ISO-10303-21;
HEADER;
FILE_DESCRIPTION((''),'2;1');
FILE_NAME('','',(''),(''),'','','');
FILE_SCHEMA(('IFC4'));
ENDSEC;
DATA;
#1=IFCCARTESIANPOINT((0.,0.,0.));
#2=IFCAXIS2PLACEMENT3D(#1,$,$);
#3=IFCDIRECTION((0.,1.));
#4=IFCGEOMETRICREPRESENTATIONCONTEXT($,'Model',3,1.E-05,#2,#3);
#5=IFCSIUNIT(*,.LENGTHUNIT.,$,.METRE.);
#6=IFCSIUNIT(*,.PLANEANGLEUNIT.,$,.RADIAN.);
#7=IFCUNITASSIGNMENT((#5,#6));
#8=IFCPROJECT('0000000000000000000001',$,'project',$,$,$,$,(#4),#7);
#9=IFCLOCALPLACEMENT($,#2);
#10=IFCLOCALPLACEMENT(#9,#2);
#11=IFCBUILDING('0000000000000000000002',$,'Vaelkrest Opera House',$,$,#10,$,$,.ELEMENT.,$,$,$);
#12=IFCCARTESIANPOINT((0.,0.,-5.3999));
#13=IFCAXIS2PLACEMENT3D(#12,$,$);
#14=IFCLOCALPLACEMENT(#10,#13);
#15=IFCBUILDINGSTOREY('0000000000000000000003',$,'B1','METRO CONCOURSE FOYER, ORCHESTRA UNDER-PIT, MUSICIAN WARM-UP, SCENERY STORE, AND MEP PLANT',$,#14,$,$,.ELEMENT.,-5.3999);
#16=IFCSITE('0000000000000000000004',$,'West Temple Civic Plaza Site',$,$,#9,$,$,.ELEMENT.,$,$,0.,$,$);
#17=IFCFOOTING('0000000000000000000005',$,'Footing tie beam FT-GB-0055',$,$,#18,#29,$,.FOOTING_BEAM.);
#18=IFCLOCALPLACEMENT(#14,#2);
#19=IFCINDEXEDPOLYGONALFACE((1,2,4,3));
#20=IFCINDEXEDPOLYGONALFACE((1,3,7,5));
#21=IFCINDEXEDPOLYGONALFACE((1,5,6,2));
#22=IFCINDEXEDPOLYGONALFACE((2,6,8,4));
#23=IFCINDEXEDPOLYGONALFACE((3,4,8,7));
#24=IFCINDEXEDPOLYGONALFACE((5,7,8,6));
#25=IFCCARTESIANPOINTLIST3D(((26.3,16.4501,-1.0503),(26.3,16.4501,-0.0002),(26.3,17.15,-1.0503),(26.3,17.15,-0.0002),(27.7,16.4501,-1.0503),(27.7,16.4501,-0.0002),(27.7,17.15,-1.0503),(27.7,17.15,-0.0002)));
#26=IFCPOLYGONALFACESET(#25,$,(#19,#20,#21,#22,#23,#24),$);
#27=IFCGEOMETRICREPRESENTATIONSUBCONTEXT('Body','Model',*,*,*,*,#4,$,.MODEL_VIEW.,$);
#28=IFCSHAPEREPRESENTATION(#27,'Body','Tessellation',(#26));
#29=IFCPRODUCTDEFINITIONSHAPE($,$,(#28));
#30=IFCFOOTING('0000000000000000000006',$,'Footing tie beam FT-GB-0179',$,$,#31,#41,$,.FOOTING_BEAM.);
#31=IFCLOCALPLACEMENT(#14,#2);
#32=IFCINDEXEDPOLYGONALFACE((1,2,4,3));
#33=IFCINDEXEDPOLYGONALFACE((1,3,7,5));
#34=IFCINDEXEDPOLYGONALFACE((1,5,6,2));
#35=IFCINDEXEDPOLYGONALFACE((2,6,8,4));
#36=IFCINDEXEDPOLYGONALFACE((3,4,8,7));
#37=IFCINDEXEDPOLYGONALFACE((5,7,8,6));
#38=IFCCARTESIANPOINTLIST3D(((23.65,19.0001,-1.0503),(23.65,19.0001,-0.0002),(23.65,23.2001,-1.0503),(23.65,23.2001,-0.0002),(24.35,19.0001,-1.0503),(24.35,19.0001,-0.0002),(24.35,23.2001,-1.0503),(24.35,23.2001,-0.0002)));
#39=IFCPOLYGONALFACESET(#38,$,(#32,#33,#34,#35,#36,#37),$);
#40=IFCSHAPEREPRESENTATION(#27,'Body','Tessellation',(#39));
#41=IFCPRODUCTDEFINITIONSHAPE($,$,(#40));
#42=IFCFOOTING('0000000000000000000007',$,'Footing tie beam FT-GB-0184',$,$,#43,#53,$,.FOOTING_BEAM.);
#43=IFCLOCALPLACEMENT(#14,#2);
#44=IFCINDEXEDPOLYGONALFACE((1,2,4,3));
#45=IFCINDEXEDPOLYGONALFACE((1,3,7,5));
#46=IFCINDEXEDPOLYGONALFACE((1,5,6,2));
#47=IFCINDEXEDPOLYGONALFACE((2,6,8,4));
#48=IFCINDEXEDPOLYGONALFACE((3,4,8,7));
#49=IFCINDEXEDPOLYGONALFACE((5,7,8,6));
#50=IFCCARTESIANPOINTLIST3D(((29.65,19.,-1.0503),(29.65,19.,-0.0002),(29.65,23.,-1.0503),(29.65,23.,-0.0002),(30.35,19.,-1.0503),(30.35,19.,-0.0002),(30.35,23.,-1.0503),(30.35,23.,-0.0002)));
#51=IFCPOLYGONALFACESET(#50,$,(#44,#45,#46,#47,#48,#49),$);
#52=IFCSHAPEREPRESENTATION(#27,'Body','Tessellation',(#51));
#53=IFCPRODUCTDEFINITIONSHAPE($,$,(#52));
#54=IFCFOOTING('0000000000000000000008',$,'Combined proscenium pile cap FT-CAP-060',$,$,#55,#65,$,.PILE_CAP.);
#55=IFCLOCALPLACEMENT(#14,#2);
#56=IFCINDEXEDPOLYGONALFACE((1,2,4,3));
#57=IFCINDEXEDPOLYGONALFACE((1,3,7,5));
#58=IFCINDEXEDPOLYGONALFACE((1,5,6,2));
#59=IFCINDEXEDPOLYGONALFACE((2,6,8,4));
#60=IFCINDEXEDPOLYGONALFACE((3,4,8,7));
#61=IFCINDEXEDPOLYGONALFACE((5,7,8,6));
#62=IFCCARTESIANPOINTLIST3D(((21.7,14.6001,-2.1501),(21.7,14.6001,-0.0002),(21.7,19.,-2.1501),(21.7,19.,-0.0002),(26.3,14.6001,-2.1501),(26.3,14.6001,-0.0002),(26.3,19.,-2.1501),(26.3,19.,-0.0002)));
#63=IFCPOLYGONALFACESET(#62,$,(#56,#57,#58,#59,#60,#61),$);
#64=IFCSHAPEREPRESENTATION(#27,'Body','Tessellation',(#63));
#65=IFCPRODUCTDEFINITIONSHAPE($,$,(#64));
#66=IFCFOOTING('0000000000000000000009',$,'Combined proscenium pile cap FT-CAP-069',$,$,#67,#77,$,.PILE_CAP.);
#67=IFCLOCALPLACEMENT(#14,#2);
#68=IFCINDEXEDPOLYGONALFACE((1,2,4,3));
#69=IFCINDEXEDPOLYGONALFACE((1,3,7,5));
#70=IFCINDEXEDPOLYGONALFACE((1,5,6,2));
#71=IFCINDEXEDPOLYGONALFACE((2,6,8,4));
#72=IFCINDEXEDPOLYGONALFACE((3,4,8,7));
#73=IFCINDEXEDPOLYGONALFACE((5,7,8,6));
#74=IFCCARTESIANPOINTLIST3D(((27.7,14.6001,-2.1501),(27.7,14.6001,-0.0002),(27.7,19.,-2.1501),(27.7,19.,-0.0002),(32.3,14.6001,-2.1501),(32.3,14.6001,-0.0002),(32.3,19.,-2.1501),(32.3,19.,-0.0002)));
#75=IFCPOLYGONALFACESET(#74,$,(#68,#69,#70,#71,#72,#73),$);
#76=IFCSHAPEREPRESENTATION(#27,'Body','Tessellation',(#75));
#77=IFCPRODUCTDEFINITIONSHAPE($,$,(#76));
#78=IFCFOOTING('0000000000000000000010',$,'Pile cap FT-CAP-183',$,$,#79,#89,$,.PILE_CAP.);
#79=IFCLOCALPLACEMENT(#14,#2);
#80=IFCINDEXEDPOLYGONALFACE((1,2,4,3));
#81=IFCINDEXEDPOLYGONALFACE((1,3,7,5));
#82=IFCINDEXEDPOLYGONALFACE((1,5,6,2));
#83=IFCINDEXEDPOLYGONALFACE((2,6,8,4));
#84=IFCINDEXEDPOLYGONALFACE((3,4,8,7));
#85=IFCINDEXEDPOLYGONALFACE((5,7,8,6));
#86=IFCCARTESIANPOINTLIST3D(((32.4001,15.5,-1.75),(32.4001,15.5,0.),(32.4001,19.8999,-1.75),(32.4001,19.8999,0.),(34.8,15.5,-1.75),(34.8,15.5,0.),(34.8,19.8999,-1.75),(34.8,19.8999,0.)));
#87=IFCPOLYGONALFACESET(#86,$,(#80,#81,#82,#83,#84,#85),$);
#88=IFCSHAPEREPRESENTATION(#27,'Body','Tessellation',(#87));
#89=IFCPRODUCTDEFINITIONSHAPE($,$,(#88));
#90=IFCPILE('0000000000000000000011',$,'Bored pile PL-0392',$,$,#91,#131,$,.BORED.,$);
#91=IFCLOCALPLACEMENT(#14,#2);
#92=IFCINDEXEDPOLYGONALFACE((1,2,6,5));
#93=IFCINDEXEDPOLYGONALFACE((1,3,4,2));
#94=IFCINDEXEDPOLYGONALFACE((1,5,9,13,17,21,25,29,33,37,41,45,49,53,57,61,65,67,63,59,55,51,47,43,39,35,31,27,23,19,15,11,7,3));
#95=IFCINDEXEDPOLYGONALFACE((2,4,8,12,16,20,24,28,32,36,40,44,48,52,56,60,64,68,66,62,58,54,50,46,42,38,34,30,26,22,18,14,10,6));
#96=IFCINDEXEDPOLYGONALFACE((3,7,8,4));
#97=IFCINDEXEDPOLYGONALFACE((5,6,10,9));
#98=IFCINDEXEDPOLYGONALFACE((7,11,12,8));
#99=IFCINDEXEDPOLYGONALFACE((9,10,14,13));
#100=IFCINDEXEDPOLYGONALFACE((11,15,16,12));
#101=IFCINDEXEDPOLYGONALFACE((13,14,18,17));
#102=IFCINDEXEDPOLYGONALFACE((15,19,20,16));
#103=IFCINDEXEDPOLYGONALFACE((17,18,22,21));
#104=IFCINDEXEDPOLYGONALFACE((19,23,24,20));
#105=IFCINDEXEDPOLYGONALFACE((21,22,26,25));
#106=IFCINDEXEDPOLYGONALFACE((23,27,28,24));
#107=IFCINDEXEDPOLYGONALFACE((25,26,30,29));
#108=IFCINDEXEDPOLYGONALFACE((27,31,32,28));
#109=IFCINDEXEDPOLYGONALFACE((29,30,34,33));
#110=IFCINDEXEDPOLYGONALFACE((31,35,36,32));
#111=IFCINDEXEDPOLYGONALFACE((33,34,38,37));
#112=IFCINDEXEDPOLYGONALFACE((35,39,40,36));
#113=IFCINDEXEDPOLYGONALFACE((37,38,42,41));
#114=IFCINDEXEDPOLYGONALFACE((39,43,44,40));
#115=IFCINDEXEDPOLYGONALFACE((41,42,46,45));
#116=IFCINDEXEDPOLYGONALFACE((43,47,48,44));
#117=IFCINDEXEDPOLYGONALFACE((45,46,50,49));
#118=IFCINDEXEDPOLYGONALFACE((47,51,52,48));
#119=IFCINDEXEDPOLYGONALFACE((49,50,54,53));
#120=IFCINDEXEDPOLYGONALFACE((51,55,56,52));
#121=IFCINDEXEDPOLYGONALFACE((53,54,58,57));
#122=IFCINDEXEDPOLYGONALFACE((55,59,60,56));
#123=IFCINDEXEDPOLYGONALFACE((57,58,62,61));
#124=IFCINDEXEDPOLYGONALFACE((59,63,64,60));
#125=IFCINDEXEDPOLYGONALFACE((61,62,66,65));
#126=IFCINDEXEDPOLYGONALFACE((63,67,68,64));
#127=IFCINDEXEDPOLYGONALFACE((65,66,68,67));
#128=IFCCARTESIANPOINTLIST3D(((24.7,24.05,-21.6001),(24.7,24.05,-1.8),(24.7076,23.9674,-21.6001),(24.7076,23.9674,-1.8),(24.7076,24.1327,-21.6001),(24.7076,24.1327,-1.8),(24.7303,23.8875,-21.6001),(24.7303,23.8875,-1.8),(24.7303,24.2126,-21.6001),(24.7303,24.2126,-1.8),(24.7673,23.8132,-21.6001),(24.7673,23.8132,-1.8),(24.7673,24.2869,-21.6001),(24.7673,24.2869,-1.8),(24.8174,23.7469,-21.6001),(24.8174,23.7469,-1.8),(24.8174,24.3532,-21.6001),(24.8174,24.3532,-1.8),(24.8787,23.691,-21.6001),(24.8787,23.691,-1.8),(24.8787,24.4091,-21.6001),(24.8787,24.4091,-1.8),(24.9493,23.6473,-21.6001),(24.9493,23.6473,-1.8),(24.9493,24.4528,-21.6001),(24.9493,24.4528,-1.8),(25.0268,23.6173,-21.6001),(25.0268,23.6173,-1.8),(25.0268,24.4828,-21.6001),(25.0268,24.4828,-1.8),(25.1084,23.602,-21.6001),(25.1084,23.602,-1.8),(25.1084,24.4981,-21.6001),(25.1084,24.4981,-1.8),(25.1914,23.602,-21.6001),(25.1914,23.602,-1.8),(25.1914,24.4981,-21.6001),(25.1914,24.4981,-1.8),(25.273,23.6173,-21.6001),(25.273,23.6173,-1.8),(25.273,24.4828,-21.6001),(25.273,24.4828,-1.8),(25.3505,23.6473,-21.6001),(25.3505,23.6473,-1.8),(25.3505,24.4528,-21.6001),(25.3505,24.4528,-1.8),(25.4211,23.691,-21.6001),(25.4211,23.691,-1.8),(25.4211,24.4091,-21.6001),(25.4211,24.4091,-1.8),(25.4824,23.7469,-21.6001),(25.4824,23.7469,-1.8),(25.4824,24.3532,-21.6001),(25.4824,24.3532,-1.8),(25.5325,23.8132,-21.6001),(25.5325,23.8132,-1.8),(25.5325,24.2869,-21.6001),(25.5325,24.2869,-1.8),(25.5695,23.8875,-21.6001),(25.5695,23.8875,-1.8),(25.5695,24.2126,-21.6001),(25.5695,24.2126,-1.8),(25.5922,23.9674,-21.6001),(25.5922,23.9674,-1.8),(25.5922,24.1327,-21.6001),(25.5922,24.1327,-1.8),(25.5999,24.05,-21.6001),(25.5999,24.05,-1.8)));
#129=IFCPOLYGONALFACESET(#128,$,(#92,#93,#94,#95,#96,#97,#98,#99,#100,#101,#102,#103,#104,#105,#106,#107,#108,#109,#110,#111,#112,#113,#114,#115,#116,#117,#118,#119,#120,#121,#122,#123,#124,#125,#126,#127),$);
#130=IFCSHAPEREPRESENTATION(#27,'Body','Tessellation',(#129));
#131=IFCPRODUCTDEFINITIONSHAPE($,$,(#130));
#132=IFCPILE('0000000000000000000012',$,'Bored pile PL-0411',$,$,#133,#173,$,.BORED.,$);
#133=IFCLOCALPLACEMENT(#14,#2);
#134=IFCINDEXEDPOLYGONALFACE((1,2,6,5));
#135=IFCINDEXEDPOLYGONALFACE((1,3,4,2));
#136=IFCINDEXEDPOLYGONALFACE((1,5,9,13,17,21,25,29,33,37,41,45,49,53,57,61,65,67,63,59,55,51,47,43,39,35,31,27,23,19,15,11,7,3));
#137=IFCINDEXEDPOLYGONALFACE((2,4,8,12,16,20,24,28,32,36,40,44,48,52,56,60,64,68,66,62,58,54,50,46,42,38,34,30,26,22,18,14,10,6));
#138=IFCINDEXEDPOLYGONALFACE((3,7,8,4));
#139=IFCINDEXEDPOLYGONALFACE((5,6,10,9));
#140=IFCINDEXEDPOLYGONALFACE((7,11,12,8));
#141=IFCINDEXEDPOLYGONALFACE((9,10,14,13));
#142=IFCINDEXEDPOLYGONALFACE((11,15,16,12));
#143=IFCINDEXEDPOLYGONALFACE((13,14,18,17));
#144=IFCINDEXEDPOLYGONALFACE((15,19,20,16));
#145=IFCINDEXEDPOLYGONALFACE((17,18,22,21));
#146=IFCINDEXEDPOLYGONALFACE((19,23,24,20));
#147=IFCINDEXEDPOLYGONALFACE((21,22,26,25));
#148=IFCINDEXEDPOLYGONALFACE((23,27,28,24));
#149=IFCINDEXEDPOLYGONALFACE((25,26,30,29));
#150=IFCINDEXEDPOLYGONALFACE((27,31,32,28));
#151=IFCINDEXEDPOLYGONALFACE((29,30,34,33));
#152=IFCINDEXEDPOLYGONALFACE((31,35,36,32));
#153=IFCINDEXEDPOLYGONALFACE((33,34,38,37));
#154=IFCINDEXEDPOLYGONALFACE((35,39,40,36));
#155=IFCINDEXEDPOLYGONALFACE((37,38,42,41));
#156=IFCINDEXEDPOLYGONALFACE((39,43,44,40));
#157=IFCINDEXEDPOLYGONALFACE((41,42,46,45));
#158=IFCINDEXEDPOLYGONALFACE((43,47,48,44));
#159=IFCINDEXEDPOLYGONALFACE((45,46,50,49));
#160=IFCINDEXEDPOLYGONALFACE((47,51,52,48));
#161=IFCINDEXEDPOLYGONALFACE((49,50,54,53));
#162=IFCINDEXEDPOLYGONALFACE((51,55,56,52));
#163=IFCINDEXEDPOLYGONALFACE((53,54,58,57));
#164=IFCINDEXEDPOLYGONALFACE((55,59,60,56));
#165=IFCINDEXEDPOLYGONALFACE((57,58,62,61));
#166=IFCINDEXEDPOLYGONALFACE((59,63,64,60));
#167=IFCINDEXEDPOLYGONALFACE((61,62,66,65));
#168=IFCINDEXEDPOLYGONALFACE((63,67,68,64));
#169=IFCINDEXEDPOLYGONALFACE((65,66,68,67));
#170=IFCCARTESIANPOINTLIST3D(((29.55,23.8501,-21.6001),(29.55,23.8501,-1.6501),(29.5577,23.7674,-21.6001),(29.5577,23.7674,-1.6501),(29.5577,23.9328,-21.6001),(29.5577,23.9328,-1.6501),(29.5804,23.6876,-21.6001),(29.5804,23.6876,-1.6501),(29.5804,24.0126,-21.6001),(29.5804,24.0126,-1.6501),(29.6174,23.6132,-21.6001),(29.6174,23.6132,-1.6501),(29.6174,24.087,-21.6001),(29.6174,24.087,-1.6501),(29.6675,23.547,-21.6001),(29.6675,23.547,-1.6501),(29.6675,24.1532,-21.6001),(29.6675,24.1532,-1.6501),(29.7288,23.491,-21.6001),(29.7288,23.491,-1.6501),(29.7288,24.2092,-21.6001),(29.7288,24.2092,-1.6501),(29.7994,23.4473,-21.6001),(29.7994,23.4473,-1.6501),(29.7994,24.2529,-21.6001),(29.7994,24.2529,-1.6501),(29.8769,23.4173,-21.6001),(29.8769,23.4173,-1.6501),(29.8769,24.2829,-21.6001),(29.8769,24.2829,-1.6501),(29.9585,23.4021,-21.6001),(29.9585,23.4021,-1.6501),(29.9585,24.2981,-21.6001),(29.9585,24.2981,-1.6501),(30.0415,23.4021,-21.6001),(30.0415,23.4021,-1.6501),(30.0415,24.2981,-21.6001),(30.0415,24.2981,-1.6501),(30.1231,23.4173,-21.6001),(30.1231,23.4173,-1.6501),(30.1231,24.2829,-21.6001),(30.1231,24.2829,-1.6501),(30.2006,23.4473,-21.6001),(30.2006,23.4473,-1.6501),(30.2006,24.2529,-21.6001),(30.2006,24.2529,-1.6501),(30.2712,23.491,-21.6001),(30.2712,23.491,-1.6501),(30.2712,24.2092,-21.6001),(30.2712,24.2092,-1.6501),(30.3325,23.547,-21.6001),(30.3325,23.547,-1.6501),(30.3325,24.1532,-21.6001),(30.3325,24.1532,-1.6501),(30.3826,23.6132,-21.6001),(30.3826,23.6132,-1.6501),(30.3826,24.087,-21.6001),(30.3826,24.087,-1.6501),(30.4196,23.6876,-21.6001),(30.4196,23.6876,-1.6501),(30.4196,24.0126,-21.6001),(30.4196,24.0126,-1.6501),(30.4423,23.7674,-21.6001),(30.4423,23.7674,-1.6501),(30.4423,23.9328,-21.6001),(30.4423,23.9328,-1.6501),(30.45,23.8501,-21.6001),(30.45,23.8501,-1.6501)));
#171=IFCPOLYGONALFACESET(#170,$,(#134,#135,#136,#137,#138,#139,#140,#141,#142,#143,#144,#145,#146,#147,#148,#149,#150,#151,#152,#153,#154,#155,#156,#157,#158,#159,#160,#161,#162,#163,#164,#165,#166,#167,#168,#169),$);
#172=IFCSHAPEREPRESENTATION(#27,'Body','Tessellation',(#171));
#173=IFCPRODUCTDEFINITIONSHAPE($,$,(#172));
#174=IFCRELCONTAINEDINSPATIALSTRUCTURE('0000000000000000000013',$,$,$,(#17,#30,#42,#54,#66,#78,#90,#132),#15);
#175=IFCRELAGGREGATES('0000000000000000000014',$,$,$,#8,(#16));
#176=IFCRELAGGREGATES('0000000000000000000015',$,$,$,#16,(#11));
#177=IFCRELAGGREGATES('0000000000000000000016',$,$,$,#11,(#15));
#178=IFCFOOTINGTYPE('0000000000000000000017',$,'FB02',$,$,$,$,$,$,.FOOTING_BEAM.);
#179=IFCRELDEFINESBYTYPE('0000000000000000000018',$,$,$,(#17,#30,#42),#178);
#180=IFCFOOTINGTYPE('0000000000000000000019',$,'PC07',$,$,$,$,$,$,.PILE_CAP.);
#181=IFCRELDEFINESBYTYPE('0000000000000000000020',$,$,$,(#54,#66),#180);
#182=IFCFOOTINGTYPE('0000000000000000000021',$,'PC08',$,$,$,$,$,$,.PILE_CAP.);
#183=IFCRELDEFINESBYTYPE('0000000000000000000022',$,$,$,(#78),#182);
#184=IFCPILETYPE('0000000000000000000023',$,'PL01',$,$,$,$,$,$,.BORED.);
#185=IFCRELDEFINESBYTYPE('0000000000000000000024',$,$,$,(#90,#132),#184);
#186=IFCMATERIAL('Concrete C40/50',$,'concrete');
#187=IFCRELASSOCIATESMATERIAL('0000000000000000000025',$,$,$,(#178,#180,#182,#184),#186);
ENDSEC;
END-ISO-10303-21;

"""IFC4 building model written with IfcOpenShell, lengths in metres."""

from ifc_helpers import new_model, si_unit, direction, frame, origin, origin_2d, place, context, subcontext, project, spatial, rectangle, circle, extrude, material, material_profile, profile_set, type_object, element, save


model = new_model("IFC4")

# Units and contexts
model_context = context("Model", 3, precision=1e-05, world=origin(), true_north=direction((0.0, 1.0)))
body_context = subcontext(model_context, "Body", "Model", "MODEL_VIEW")
ifc_project = project(units=[si_unit("LENGTHUNIT", "METRE"), si_unit("PLANEANGLEUNIT", "RADIAN")], contexts=[model_context])

# Site, building, storey
site_placement = place(None, origin())
site = spatial("IfcSite", under=ifc_project, at=site_placement, Name="West Temple Civic Plaza Site", CompositionType="ELEMENT", RefElevation=0.0)
building_placement = place(site_placement, origin())
building = spatial("IfcBuilding", under=site, at=building_placement, Name="Vaelkrest Opera House", CompositionType="ELEMENT")
storey_placement = place(building_placement, frame((0.0, 0.0, -5.3999)))
storey = spatial("IfcBuildingStorey", under=building, at=storey_placement, Name="B1", Description="METRO CONCOURSE FOYER, ORCHESTRA UNDER-PIT, MUSICIAN WARM-UP, SCENERY STORE, AND MEP PLANT", CompositionType="ELEMENT", Elevation=-5.3999)

# Footings
ifc_material_1 = material(Name="Concrete C40/50", Category="concrete")
footing_type_1 = type_object("IfcFootingType", Name="FB02", PredefinedType="FOOTING_BEAM", material=ifc_material_1)
footing_1_placement = place(storey_placement, frame((27.0, 16.8, -1.0503), z_axis=(0.0, 0.0, 1.0), x_axis=(1.0, 0.0, 0.0)))
element("IfcFooting", 1, at=footing_1_placement, inside=storey, type_object=footing_type_1, Name="Footing tie beam FT-GB-0055", PredefinedType="FOOTING_BEAM", context=body_context, shape_type="SweptSolid", body=[
    extrude(rectangle(XDim=1.3999, YDim=0.7, at=origin_2d()), origin(), (0.0, 0.0, 1.0), 1.05),
])
footing_2_placement = place(storey_placement, frame((24.0, 21.1001, -1.0503), z_axis=(0.0, 0.0, 1.0), x_axis=(0.0, 1.0, 0.0)))
element("IfcFooting", 2, at=footing_2_placement, inside=storey, type_object=footing_type_1, Name="Footing tie beam FT-GB-0179", PredefinedType="FOOTING_BEAM", context=body_context, shape_type="SweptSolid", body=[
    extrude(rectangle(XDim=4.2, YDim=0.7, at=origin_2d()), origin(), (0.0, 0.0, 1.0), 1.05),
])
footing_3_placement = place(storey_placement, frame((30.0, 21.0, -1.0503), z_axis=(0.0, 0.0, 1.0), x_axis=(0.0, 1.0, 0.0)))
element("IfcFooting", 3, at=footing_3_placement, inside=storey, type_object=footing_type_1, Name="Footing tie beam FT-GB-0184", PredefinedType="FOOTING_BEAM", context=body_context, shape_type="SweptSolid", body=[
    extrude(rectangle(XDim=4.0, YDim=0.7, at=origin_2d()), origin(), (0.0, 0.0, 1.0), 1.05),
])
footing_type_2 = type_object("IfcFootingType", Name="PC07", PredefinedType="PILE_CAP", material=ifc_material_1)
for number, where, z_axis, x_axis, name in (
    (4, (24.0, 16.8, -2.1501), (0.0, 0.0, 1.0), (1.0, 0.0, 0.0), "Combined proscenium pile cap FT-CAP-060"),
    (5, (30.0, 16.8, -2.1501), (0.0, 0.0, 1.0), (1.0, 0.0, 0.0), "Combined proscenium pile cap FT-CAP-069"),
):
    element("IfcFooting", number, at=place(storey_placement, frame(where, z_axis=z_axis, x_axis=x_axis)), inside=storey, type_object=footing_type_2, Name=name, PredefinedType="PILE_CAP", context=body_context, shape_type="SweptSolid", body=[
        extrude(rectangle(XDim=4.6001, YDim=4.3999, at=origin_2d()), origin(), (0.0, 0.0, 1.0), 2.1499),
    ])
footing_type_3 = type_object("IfcFootingType", Name="PC08", PredefinedType="PILE_CAP", material=ifc_material_1)
footing_4_placement = place(storey_placement, frame((33.6001, 17.7, -1.75), z_axis=(0.0, 0.0, 1.0), x_axis=(1.0, 0.0, 0.0)))
element("IfcFooting", 6, at=footing_4_placement, inside=storey, type_object=footing_type_3, Name="Pile cap FT-CAP-183", PredefinedType="PILE_CAP", context=body_context, shape_type="SweptSolid", body=[
    extrude(rectangle(XDim=2.3999, YDim=4.3999, at=origin_2d()), origin(), (0.0, 0.0, 1.0), 1.75),
])

# Piles
ifc_material_profile_1 = material_profile(ifc_material_1, circle(Radius=0.45, at=origin_2d()), Name="PILE900")
ifc_profile_set_1 = profile_set([ifc_material_profile_1], Name="Concrete C40/50")
pile_type_1 = type_object("IfcPileType", Name="PL01", PredefinedType="BORED", material=ifc_profile_set_1)
pile_1_placement = place(storey_placement, frame((25.1499, 24.05, -1.8), z_axis=(0.0, 0.0, -1.0), x_axis=(1.0, 0.0, 0.0)))
element("IfcPile", 7, at=pile_1_placement, inside=storey, type_object=pile_type_1, Name="Bored pile PL-0392", PredefinedType="BORED", context=body_context, shape_type="SweptSolid", body=[
    extrude(circle(Radius=0.45, at=origin_2d()), origin(), (0.0, 0.0, 1.0), 19.8),
])
pile_2_placement = place(storey_placement, frame((30.0, 23.8501, -1.6501), z_axis=(0.0, 0.0, -1.0), x_axis=(1.0, 0.0, 0.0)))
element("IfcPile", 8, at=pile_2_placement, inside=storey, type_object=pile_type_1, Name="Bored pile PL-0411", PredefinedType="BORED", context=body_context, shape_type="SweptSolid", body=[
    extrude(circle(Radius=0.45, at=origin_2d()), origin(), (0.0, 0.0, 1.0), 19.95),
])

save(model, "model.ifc")
